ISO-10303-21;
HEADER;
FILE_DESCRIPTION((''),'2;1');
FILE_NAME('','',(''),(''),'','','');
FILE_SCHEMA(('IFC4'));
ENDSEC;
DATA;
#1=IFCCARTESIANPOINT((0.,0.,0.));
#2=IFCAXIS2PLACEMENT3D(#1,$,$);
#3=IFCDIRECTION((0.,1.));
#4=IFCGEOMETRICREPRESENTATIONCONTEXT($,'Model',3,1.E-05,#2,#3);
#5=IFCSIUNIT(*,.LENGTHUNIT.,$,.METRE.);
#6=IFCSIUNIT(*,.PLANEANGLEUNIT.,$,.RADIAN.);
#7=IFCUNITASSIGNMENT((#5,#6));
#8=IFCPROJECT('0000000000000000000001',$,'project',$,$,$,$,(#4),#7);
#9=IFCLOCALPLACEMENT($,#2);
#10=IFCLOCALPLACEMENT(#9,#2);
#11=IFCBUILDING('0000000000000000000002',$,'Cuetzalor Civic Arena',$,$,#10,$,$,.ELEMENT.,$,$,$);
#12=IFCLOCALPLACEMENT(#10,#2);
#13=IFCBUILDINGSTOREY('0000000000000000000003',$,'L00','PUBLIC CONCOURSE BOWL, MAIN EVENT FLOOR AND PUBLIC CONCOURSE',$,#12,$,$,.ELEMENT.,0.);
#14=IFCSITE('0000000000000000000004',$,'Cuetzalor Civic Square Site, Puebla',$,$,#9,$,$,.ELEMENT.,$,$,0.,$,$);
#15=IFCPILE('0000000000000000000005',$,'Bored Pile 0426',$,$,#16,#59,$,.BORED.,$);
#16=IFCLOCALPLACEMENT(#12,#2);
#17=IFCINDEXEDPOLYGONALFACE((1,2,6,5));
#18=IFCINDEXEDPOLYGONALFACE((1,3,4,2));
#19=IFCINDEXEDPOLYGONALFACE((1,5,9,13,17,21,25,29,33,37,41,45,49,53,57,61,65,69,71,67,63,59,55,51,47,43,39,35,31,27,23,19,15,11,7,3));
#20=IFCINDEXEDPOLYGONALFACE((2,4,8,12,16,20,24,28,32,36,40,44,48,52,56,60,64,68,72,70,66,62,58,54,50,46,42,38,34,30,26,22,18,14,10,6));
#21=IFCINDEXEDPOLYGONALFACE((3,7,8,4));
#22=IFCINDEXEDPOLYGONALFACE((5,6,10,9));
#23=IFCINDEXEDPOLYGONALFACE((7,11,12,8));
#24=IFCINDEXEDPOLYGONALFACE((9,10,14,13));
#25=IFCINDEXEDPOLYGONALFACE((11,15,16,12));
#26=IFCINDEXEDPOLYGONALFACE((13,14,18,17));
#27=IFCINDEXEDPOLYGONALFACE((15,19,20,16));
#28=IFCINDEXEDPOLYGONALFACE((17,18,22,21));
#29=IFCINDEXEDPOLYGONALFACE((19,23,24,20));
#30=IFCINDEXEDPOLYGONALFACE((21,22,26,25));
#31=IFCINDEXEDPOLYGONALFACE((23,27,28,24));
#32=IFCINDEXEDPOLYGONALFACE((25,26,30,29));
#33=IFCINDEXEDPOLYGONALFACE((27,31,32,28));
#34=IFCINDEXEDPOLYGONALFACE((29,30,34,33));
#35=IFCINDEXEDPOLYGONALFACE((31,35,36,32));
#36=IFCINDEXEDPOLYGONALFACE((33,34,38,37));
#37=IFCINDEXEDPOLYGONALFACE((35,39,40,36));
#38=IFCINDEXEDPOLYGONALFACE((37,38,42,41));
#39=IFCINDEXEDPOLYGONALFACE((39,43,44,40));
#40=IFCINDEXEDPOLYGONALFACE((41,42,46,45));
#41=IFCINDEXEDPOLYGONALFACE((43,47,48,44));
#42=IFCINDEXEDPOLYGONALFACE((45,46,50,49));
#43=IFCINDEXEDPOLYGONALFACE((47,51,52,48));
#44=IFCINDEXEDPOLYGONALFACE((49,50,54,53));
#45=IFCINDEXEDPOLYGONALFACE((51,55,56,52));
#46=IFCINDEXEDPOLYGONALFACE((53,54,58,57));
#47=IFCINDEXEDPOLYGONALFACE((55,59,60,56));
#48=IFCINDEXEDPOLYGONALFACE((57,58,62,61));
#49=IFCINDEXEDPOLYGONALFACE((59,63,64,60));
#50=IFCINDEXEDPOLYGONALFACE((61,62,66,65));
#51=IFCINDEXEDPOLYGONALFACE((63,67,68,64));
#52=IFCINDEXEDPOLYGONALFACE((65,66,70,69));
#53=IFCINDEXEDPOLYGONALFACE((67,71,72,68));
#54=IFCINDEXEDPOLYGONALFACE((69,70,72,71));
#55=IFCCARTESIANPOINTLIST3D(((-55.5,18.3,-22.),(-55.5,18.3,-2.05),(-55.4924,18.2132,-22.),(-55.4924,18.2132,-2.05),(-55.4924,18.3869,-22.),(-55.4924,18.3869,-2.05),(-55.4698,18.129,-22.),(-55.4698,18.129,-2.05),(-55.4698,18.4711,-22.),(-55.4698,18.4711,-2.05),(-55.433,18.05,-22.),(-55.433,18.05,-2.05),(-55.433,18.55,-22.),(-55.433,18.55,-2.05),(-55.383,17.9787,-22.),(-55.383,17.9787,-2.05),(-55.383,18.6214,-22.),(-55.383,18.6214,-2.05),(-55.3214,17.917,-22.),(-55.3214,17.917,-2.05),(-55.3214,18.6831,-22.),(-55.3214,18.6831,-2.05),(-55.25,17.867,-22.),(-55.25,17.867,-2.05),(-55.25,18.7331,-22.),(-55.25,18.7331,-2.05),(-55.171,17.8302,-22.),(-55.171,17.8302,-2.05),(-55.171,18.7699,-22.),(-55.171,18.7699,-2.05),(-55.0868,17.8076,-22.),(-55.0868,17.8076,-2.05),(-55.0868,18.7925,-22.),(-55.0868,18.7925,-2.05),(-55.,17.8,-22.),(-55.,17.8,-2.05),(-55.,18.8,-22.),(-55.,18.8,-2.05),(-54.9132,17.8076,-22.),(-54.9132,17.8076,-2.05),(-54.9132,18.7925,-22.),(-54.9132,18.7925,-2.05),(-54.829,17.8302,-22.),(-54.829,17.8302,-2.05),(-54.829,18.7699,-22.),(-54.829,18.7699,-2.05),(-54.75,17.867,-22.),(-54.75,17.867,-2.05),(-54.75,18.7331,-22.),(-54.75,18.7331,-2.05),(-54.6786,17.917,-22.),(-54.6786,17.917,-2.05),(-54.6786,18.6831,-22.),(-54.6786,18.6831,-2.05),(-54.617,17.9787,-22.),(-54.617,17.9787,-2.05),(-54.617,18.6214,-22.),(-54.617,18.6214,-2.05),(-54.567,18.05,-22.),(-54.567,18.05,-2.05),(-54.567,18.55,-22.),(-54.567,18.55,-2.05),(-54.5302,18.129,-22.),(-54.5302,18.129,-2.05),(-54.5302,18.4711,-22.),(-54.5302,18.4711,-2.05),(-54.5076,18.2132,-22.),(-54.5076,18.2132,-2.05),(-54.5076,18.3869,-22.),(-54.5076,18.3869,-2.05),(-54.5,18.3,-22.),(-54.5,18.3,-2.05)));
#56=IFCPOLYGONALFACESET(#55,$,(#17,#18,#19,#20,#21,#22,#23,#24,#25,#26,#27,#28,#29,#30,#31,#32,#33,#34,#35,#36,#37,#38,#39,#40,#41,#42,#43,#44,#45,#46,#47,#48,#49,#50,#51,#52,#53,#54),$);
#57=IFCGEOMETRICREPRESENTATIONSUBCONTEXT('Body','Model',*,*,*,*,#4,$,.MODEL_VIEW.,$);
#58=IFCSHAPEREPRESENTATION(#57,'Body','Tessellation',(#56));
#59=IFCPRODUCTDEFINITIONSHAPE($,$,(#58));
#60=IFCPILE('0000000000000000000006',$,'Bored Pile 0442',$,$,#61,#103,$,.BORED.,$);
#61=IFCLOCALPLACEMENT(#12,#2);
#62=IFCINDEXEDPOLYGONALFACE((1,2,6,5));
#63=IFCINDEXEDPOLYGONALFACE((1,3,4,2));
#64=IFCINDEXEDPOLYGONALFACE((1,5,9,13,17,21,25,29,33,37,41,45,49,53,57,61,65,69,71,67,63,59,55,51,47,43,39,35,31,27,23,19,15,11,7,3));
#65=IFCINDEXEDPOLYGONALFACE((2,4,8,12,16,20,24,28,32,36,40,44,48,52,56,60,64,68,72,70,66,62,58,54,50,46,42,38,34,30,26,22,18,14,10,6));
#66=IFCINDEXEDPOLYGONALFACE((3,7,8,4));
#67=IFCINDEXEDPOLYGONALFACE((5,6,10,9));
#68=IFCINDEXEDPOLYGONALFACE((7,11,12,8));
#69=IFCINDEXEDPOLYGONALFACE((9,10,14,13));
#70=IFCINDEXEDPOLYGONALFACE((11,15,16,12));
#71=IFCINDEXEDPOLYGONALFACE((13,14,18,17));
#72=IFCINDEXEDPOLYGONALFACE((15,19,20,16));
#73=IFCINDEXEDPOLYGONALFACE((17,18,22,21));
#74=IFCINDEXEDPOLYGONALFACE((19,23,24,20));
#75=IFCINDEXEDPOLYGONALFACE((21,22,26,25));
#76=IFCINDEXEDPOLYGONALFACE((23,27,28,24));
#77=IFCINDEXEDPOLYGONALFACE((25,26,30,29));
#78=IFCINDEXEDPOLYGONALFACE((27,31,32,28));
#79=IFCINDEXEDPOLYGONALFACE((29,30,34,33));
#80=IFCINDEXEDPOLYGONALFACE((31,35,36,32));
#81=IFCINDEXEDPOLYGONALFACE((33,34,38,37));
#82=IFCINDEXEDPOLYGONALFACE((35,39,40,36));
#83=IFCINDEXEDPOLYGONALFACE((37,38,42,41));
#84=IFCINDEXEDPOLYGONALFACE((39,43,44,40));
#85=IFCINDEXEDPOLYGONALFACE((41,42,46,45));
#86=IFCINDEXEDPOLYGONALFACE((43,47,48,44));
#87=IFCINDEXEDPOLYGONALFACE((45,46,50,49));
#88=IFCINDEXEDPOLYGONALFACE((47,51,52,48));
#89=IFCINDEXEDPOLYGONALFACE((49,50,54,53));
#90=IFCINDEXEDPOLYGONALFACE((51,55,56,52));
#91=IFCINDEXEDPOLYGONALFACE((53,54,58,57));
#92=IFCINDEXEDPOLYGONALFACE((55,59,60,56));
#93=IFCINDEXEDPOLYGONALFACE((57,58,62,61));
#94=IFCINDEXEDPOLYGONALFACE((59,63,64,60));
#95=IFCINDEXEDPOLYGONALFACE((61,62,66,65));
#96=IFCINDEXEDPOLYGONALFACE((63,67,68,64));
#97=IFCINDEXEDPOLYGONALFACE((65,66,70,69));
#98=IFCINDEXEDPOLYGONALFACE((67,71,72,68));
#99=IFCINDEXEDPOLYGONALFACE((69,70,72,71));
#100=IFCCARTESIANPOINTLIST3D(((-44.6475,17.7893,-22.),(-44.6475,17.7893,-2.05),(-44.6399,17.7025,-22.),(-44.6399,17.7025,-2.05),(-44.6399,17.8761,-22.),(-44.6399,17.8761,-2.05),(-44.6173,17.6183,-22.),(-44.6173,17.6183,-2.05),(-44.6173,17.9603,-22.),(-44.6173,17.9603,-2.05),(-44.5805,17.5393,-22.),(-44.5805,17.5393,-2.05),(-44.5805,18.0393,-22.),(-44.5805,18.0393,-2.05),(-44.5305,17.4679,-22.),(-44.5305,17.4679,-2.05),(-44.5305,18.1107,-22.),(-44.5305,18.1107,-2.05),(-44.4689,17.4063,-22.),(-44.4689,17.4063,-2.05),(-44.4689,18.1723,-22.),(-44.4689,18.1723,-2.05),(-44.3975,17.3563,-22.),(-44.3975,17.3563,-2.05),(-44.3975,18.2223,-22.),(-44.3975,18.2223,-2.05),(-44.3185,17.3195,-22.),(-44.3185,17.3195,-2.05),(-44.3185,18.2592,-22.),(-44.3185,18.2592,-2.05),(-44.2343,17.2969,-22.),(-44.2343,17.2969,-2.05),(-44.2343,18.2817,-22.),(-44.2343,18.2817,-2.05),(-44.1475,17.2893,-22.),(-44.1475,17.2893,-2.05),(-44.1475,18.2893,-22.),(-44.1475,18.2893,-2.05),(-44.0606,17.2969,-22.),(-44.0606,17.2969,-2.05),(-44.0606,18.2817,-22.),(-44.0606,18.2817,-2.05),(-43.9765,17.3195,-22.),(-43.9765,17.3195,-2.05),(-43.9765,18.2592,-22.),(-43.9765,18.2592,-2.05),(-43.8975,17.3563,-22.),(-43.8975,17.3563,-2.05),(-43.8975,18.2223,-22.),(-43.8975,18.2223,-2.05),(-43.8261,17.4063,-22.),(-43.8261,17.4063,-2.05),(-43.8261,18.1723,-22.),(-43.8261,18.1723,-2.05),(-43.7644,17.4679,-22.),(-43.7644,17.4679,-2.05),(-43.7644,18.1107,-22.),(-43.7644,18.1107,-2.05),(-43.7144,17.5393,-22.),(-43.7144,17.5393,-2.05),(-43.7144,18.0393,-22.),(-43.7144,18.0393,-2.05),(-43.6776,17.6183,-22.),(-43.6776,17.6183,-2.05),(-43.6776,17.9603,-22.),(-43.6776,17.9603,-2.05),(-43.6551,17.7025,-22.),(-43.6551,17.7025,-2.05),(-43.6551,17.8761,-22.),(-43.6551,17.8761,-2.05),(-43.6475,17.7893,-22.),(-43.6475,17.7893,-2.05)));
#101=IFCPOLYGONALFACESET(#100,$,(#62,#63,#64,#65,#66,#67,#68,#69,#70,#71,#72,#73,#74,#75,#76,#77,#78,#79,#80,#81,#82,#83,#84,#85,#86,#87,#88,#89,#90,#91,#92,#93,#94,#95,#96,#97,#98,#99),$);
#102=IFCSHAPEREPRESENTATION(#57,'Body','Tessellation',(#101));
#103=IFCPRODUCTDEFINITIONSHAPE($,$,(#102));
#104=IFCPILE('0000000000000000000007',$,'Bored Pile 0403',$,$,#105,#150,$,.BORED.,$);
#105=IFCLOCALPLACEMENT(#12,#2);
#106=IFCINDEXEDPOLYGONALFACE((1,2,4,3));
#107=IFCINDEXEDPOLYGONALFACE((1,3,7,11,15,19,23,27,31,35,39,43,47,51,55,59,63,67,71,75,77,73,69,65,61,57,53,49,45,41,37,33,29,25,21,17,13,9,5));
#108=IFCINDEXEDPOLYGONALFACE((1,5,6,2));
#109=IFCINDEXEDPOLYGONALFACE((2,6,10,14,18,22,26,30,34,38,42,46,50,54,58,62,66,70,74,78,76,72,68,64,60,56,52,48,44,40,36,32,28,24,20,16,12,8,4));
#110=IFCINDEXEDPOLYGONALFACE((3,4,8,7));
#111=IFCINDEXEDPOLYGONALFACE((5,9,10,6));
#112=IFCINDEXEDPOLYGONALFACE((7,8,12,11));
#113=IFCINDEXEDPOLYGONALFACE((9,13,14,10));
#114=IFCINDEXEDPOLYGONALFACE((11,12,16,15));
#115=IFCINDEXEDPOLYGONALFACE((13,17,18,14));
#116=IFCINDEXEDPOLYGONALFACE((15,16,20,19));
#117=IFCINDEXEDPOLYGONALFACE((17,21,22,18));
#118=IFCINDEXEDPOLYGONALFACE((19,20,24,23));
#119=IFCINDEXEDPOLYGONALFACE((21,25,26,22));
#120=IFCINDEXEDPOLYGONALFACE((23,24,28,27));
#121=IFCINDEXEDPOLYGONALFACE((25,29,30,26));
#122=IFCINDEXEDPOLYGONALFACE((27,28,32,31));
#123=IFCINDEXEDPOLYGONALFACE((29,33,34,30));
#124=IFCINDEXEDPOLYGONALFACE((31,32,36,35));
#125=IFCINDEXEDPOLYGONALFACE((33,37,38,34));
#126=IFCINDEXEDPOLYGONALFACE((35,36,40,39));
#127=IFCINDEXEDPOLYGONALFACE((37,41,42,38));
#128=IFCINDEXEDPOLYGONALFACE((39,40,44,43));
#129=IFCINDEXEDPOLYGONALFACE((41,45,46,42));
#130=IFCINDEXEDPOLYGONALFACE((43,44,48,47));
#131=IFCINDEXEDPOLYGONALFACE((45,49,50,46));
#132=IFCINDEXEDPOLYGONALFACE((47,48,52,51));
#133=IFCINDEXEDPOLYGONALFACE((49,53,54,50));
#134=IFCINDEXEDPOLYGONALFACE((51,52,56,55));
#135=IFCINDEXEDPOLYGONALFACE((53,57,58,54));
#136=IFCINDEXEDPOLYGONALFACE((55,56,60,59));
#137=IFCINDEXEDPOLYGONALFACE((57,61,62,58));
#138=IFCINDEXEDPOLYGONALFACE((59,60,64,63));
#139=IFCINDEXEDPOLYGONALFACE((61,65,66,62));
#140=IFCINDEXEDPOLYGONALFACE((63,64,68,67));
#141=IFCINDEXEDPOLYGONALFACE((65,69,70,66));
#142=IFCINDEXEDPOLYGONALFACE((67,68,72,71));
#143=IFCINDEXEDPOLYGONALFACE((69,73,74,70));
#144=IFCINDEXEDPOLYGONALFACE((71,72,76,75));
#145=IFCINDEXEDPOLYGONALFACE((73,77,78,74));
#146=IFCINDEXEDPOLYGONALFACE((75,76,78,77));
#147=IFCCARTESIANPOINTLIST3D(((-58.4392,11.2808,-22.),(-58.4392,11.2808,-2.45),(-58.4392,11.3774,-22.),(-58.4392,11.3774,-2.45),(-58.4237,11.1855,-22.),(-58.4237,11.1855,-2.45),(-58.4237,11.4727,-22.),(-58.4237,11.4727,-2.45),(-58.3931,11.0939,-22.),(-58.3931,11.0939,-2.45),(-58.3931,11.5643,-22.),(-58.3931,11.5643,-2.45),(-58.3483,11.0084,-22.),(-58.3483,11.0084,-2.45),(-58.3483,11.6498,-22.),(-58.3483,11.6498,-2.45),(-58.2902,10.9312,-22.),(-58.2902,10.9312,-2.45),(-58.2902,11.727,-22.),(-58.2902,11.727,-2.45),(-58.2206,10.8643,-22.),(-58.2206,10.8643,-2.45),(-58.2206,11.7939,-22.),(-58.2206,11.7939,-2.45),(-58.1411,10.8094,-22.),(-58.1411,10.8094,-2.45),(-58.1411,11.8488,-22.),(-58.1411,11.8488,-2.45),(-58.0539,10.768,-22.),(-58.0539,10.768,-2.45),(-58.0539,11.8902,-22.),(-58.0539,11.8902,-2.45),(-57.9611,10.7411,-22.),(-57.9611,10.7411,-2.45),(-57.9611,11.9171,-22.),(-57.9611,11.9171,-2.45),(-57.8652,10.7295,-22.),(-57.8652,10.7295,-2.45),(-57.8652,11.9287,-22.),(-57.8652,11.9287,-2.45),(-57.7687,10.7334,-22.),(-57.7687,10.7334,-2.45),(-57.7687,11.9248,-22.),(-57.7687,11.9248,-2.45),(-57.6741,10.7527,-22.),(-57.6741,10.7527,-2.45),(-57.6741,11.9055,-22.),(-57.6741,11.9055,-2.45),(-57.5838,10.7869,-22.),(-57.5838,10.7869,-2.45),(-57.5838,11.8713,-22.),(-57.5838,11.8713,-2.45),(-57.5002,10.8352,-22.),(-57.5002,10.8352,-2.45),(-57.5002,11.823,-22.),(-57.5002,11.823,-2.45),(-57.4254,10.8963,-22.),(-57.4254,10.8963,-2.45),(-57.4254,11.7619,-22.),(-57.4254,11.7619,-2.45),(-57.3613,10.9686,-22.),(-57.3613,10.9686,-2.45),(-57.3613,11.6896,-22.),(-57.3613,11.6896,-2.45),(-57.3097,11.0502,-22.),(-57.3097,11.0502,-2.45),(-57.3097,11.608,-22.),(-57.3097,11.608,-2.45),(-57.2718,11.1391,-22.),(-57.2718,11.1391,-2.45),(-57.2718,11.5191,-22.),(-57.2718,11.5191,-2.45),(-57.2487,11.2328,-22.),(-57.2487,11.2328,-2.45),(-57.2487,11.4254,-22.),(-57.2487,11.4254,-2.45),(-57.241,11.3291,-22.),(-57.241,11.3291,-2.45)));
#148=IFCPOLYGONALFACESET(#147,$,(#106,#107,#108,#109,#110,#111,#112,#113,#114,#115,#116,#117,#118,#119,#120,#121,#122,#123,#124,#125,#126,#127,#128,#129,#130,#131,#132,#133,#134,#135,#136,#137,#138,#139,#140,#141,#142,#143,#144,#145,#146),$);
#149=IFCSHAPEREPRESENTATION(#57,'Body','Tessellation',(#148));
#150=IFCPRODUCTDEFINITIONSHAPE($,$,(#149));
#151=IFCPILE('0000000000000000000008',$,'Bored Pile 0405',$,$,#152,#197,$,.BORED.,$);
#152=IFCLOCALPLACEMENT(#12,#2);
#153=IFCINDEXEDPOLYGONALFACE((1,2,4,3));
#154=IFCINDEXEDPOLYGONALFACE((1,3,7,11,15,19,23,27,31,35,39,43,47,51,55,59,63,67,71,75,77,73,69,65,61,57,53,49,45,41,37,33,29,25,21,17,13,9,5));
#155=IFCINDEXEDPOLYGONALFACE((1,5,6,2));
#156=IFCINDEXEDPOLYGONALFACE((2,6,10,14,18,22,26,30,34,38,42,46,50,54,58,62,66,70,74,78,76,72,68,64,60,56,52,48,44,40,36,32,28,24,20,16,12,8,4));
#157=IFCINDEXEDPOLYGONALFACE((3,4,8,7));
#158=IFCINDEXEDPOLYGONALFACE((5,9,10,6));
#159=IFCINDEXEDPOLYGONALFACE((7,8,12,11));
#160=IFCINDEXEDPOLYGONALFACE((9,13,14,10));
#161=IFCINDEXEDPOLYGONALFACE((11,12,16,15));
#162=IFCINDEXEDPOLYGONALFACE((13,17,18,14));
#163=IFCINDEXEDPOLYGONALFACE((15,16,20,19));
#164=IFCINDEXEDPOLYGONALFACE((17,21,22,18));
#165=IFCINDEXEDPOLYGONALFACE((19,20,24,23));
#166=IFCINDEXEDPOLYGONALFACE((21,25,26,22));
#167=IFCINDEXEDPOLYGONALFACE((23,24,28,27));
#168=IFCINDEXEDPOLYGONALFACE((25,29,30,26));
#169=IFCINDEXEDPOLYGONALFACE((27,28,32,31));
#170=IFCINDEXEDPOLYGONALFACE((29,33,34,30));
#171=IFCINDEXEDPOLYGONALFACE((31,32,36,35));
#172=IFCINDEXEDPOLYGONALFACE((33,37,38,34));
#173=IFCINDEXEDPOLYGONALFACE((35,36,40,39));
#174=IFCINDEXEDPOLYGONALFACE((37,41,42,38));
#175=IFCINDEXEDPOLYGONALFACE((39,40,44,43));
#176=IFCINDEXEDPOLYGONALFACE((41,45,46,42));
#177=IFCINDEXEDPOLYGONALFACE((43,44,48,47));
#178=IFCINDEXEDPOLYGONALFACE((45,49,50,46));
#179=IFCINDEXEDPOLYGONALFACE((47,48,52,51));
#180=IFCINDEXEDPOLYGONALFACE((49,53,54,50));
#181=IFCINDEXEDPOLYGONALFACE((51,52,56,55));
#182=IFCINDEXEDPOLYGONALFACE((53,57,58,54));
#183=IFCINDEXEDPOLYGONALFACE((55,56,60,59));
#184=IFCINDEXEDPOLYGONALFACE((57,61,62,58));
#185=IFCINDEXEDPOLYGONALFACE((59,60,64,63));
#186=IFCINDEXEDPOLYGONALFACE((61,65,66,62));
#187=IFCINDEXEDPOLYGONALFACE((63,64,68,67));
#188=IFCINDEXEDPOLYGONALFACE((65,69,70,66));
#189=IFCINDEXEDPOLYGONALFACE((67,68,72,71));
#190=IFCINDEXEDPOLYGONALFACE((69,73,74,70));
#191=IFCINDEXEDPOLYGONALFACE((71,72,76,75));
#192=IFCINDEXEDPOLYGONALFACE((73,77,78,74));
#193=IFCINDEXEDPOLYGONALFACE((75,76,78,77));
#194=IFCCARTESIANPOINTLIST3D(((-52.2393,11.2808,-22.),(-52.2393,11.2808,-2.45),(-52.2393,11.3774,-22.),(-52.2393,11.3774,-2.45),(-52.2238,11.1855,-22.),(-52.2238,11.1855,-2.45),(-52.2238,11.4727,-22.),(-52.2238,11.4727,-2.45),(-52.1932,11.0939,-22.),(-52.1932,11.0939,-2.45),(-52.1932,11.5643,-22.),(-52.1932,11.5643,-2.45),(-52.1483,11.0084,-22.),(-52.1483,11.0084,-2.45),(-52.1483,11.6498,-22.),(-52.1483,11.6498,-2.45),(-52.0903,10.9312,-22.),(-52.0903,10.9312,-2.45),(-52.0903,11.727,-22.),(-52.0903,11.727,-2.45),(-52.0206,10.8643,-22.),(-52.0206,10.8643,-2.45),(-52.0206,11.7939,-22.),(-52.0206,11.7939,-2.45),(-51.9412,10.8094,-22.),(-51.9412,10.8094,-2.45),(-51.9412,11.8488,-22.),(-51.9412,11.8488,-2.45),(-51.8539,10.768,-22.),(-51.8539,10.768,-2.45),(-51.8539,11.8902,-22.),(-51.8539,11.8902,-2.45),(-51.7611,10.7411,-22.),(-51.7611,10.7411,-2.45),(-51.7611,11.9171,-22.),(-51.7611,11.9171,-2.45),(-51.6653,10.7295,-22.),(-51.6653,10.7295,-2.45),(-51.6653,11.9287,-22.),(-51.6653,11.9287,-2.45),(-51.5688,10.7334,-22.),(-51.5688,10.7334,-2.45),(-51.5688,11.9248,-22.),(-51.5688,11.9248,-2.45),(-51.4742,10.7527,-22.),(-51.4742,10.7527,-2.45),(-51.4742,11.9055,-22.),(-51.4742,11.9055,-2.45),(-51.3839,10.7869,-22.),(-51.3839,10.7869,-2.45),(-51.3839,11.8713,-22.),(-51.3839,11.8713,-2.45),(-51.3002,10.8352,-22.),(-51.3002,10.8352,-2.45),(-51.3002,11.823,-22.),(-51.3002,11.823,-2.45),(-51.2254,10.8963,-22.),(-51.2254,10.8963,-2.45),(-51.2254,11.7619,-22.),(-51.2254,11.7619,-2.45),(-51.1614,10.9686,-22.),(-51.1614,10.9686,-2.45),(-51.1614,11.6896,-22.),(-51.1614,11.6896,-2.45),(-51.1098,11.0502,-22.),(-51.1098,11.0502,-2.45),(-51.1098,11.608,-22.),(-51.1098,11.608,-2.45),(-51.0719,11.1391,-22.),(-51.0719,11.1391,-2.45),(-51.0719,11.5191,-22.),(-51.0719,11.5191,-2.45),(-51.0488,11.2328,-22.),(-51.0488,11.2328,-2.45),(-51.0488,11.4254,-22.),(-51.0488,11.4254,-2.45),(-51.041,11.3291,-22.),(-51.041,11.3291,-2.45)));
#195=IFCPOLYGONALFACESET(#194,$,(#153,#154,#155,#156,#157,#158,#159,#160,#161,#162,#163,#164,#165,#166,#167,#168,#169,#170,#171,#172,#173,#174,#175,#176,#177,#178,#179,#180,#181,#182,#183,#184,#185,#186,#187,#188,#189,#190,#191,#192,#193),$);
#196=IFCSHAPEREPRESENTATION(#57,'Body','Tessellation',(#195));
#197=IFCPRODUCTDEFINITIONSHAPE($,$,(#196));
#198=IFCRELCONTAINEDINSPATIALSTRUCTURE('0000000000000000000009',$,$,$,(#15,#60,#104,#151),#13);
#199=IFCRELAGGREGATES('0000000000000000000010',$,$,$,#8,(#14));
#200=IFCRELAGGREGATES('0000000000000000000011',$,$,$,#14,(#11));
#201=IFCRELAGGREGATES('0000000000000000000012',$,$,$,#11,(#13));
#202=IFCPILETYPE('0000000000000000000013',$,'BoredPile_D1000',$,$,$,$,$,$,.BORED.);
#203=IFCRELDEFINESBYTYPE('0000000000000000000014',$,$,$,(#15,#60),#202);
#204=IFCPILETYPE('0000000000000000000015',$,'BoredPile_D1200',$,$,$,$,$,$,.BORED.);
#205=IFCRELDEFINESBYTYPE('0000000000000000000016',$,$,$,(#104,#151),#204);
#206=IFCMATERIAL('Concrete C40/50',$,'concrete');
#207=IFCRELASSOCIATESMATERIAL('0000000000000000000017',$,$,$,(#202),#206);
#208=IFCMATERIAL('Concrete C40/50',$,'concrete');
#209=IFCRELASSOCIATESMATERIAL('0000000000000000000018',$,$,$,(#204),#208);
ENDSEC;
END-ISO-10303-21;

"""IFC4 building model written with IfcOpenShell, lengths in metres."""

from ifc_helpers import new_model, si_unit, direction, frame, origin, origin_2d, place, context, subcontext, project, spatial, circle, extrude, material, material_profile, profile_set, type_object, element, save


model = new_model("IFC4")

# Units and contexts
model_context = context("Model", 3, precision=1e-05, world=origin(), true_north=direction((0.0, 1.0)))
body_context = subcontext(model_context, "Body", "Model", "MODEL_VIEW")
ifc_project = project(units=[si_unit("LENGTHUNIT", "METRE"), si_unit("PLANEANGLEUNIT", "RADIAN")], contexts=[model_context])

# Site, building, storey
site_placement = place(None, origin())
site = spatial("IfcSite", under=ifc_project, at=site_placement, Name="Cuetzalor Civic Square Site, Puebla", CompositionType="ELEMENT", RefElevation=0.0)
building_placement = place(site_placement, origin())
building = spatial("IfcBuilding", under=site, at=building_placement, Name="Cuetzalor Civic Arena", CompositionType="ELEMENT")
storey_placement = place(building_placement, origin())
storey = spatial("IfcBuildingStorey", under=building, at=storey_placement, Name="L00", Description="PUBLIC CONCOURSE BOWL, MAIN EVENT FLOOR AND PUBLIC CONCOURSE", CompositionType="ELEMENT", Elevation=0.0)

# Piles
ifc_material_1 = material(Name="Concrete C40/50", Category="concrete")
ifc_material_profile_1 = material_profile(ifc_material_1, circle(Radius=0.5, at=origin_2d()), Name="BORED PILE D1000")
ifc_profile_set_1 = profile_set([ifc_material_profile_1], Name="Concrete C40/50")
pile_type_1 = type_object("IfcPileType", Name="BoredPile_D1000", PredefinedType="BORED", material=ifc_profile_set_1)
for number, where, z_axis, x_axis, name in (
    (1, (-55.0, 18.3, -2.05), (0.0, 0.0, -1.0), (1.0, 0.0, 0.0), "Bored Pile 0426"),
    (2, (-44.1475, 17.7893, -2.05), (0.0, 0.0, -1.0), (1.0, 0.0, 0.0), "Bored Pile 0442"),
):
    element("IfcPile", number, at=place(storey_placement, frame(where, z_axis=z_axis, x_axis=x_axis)), inside=storey, type_object=pile_type_1, Name=name, PredefinedType="BORED", context=body_context, shape_type="SweptSolid", body=[
        extrude(circle(Radius=0.5, at=origin_2d()), origin(), (0.0, 0.0, 1.0), 19.95),
    ])
ifc_material_2 = material(Name="Concrete C40/50", Category="concrete")
ifc_material_profile_2 = material_profile(ifc_material_2, circle(Radius=0.6001, at=origin_2d()), Name="BORED PILE D1200")
ifc_profile_set_2 = profile_set([ifc_material_profile_2], Name="Concrete C40/50")
pile_type_2 = type_object("IfcPileType", Name="BoredPile_D1200", PredefinedType="BORED", material=ifc_profile_set_2)
for number, where, z_axis, x_axis, name in (
    (3, (-57.8411, 11.3291, -2.45), (0.0, 0.0, -1.0), (1.0, 0.0, 0.0), "Bored Pile 0403"),
    (4, (-51.6411, 11.3291, -2.45), (0.0, 0.0, -1.0), (1.0, 0.0, 0.0), "Bored Pile 0405"),
):
    element("IfcPile", number, at=place(storey_placement, frame(where, z_axis=z_axis, x_axis=x_axis)), inside=storey, type_object=pile_type_2, Name=name, PredefinedType="BORED", context=body_context, shape_type="SweptSolid", body=[
        extrude(circle(Radius=0.6001, at=origin_2d()), origin(), (0.0, 0.0, 1.0), 19.55),
    ])

save(model, "model.ifc")
